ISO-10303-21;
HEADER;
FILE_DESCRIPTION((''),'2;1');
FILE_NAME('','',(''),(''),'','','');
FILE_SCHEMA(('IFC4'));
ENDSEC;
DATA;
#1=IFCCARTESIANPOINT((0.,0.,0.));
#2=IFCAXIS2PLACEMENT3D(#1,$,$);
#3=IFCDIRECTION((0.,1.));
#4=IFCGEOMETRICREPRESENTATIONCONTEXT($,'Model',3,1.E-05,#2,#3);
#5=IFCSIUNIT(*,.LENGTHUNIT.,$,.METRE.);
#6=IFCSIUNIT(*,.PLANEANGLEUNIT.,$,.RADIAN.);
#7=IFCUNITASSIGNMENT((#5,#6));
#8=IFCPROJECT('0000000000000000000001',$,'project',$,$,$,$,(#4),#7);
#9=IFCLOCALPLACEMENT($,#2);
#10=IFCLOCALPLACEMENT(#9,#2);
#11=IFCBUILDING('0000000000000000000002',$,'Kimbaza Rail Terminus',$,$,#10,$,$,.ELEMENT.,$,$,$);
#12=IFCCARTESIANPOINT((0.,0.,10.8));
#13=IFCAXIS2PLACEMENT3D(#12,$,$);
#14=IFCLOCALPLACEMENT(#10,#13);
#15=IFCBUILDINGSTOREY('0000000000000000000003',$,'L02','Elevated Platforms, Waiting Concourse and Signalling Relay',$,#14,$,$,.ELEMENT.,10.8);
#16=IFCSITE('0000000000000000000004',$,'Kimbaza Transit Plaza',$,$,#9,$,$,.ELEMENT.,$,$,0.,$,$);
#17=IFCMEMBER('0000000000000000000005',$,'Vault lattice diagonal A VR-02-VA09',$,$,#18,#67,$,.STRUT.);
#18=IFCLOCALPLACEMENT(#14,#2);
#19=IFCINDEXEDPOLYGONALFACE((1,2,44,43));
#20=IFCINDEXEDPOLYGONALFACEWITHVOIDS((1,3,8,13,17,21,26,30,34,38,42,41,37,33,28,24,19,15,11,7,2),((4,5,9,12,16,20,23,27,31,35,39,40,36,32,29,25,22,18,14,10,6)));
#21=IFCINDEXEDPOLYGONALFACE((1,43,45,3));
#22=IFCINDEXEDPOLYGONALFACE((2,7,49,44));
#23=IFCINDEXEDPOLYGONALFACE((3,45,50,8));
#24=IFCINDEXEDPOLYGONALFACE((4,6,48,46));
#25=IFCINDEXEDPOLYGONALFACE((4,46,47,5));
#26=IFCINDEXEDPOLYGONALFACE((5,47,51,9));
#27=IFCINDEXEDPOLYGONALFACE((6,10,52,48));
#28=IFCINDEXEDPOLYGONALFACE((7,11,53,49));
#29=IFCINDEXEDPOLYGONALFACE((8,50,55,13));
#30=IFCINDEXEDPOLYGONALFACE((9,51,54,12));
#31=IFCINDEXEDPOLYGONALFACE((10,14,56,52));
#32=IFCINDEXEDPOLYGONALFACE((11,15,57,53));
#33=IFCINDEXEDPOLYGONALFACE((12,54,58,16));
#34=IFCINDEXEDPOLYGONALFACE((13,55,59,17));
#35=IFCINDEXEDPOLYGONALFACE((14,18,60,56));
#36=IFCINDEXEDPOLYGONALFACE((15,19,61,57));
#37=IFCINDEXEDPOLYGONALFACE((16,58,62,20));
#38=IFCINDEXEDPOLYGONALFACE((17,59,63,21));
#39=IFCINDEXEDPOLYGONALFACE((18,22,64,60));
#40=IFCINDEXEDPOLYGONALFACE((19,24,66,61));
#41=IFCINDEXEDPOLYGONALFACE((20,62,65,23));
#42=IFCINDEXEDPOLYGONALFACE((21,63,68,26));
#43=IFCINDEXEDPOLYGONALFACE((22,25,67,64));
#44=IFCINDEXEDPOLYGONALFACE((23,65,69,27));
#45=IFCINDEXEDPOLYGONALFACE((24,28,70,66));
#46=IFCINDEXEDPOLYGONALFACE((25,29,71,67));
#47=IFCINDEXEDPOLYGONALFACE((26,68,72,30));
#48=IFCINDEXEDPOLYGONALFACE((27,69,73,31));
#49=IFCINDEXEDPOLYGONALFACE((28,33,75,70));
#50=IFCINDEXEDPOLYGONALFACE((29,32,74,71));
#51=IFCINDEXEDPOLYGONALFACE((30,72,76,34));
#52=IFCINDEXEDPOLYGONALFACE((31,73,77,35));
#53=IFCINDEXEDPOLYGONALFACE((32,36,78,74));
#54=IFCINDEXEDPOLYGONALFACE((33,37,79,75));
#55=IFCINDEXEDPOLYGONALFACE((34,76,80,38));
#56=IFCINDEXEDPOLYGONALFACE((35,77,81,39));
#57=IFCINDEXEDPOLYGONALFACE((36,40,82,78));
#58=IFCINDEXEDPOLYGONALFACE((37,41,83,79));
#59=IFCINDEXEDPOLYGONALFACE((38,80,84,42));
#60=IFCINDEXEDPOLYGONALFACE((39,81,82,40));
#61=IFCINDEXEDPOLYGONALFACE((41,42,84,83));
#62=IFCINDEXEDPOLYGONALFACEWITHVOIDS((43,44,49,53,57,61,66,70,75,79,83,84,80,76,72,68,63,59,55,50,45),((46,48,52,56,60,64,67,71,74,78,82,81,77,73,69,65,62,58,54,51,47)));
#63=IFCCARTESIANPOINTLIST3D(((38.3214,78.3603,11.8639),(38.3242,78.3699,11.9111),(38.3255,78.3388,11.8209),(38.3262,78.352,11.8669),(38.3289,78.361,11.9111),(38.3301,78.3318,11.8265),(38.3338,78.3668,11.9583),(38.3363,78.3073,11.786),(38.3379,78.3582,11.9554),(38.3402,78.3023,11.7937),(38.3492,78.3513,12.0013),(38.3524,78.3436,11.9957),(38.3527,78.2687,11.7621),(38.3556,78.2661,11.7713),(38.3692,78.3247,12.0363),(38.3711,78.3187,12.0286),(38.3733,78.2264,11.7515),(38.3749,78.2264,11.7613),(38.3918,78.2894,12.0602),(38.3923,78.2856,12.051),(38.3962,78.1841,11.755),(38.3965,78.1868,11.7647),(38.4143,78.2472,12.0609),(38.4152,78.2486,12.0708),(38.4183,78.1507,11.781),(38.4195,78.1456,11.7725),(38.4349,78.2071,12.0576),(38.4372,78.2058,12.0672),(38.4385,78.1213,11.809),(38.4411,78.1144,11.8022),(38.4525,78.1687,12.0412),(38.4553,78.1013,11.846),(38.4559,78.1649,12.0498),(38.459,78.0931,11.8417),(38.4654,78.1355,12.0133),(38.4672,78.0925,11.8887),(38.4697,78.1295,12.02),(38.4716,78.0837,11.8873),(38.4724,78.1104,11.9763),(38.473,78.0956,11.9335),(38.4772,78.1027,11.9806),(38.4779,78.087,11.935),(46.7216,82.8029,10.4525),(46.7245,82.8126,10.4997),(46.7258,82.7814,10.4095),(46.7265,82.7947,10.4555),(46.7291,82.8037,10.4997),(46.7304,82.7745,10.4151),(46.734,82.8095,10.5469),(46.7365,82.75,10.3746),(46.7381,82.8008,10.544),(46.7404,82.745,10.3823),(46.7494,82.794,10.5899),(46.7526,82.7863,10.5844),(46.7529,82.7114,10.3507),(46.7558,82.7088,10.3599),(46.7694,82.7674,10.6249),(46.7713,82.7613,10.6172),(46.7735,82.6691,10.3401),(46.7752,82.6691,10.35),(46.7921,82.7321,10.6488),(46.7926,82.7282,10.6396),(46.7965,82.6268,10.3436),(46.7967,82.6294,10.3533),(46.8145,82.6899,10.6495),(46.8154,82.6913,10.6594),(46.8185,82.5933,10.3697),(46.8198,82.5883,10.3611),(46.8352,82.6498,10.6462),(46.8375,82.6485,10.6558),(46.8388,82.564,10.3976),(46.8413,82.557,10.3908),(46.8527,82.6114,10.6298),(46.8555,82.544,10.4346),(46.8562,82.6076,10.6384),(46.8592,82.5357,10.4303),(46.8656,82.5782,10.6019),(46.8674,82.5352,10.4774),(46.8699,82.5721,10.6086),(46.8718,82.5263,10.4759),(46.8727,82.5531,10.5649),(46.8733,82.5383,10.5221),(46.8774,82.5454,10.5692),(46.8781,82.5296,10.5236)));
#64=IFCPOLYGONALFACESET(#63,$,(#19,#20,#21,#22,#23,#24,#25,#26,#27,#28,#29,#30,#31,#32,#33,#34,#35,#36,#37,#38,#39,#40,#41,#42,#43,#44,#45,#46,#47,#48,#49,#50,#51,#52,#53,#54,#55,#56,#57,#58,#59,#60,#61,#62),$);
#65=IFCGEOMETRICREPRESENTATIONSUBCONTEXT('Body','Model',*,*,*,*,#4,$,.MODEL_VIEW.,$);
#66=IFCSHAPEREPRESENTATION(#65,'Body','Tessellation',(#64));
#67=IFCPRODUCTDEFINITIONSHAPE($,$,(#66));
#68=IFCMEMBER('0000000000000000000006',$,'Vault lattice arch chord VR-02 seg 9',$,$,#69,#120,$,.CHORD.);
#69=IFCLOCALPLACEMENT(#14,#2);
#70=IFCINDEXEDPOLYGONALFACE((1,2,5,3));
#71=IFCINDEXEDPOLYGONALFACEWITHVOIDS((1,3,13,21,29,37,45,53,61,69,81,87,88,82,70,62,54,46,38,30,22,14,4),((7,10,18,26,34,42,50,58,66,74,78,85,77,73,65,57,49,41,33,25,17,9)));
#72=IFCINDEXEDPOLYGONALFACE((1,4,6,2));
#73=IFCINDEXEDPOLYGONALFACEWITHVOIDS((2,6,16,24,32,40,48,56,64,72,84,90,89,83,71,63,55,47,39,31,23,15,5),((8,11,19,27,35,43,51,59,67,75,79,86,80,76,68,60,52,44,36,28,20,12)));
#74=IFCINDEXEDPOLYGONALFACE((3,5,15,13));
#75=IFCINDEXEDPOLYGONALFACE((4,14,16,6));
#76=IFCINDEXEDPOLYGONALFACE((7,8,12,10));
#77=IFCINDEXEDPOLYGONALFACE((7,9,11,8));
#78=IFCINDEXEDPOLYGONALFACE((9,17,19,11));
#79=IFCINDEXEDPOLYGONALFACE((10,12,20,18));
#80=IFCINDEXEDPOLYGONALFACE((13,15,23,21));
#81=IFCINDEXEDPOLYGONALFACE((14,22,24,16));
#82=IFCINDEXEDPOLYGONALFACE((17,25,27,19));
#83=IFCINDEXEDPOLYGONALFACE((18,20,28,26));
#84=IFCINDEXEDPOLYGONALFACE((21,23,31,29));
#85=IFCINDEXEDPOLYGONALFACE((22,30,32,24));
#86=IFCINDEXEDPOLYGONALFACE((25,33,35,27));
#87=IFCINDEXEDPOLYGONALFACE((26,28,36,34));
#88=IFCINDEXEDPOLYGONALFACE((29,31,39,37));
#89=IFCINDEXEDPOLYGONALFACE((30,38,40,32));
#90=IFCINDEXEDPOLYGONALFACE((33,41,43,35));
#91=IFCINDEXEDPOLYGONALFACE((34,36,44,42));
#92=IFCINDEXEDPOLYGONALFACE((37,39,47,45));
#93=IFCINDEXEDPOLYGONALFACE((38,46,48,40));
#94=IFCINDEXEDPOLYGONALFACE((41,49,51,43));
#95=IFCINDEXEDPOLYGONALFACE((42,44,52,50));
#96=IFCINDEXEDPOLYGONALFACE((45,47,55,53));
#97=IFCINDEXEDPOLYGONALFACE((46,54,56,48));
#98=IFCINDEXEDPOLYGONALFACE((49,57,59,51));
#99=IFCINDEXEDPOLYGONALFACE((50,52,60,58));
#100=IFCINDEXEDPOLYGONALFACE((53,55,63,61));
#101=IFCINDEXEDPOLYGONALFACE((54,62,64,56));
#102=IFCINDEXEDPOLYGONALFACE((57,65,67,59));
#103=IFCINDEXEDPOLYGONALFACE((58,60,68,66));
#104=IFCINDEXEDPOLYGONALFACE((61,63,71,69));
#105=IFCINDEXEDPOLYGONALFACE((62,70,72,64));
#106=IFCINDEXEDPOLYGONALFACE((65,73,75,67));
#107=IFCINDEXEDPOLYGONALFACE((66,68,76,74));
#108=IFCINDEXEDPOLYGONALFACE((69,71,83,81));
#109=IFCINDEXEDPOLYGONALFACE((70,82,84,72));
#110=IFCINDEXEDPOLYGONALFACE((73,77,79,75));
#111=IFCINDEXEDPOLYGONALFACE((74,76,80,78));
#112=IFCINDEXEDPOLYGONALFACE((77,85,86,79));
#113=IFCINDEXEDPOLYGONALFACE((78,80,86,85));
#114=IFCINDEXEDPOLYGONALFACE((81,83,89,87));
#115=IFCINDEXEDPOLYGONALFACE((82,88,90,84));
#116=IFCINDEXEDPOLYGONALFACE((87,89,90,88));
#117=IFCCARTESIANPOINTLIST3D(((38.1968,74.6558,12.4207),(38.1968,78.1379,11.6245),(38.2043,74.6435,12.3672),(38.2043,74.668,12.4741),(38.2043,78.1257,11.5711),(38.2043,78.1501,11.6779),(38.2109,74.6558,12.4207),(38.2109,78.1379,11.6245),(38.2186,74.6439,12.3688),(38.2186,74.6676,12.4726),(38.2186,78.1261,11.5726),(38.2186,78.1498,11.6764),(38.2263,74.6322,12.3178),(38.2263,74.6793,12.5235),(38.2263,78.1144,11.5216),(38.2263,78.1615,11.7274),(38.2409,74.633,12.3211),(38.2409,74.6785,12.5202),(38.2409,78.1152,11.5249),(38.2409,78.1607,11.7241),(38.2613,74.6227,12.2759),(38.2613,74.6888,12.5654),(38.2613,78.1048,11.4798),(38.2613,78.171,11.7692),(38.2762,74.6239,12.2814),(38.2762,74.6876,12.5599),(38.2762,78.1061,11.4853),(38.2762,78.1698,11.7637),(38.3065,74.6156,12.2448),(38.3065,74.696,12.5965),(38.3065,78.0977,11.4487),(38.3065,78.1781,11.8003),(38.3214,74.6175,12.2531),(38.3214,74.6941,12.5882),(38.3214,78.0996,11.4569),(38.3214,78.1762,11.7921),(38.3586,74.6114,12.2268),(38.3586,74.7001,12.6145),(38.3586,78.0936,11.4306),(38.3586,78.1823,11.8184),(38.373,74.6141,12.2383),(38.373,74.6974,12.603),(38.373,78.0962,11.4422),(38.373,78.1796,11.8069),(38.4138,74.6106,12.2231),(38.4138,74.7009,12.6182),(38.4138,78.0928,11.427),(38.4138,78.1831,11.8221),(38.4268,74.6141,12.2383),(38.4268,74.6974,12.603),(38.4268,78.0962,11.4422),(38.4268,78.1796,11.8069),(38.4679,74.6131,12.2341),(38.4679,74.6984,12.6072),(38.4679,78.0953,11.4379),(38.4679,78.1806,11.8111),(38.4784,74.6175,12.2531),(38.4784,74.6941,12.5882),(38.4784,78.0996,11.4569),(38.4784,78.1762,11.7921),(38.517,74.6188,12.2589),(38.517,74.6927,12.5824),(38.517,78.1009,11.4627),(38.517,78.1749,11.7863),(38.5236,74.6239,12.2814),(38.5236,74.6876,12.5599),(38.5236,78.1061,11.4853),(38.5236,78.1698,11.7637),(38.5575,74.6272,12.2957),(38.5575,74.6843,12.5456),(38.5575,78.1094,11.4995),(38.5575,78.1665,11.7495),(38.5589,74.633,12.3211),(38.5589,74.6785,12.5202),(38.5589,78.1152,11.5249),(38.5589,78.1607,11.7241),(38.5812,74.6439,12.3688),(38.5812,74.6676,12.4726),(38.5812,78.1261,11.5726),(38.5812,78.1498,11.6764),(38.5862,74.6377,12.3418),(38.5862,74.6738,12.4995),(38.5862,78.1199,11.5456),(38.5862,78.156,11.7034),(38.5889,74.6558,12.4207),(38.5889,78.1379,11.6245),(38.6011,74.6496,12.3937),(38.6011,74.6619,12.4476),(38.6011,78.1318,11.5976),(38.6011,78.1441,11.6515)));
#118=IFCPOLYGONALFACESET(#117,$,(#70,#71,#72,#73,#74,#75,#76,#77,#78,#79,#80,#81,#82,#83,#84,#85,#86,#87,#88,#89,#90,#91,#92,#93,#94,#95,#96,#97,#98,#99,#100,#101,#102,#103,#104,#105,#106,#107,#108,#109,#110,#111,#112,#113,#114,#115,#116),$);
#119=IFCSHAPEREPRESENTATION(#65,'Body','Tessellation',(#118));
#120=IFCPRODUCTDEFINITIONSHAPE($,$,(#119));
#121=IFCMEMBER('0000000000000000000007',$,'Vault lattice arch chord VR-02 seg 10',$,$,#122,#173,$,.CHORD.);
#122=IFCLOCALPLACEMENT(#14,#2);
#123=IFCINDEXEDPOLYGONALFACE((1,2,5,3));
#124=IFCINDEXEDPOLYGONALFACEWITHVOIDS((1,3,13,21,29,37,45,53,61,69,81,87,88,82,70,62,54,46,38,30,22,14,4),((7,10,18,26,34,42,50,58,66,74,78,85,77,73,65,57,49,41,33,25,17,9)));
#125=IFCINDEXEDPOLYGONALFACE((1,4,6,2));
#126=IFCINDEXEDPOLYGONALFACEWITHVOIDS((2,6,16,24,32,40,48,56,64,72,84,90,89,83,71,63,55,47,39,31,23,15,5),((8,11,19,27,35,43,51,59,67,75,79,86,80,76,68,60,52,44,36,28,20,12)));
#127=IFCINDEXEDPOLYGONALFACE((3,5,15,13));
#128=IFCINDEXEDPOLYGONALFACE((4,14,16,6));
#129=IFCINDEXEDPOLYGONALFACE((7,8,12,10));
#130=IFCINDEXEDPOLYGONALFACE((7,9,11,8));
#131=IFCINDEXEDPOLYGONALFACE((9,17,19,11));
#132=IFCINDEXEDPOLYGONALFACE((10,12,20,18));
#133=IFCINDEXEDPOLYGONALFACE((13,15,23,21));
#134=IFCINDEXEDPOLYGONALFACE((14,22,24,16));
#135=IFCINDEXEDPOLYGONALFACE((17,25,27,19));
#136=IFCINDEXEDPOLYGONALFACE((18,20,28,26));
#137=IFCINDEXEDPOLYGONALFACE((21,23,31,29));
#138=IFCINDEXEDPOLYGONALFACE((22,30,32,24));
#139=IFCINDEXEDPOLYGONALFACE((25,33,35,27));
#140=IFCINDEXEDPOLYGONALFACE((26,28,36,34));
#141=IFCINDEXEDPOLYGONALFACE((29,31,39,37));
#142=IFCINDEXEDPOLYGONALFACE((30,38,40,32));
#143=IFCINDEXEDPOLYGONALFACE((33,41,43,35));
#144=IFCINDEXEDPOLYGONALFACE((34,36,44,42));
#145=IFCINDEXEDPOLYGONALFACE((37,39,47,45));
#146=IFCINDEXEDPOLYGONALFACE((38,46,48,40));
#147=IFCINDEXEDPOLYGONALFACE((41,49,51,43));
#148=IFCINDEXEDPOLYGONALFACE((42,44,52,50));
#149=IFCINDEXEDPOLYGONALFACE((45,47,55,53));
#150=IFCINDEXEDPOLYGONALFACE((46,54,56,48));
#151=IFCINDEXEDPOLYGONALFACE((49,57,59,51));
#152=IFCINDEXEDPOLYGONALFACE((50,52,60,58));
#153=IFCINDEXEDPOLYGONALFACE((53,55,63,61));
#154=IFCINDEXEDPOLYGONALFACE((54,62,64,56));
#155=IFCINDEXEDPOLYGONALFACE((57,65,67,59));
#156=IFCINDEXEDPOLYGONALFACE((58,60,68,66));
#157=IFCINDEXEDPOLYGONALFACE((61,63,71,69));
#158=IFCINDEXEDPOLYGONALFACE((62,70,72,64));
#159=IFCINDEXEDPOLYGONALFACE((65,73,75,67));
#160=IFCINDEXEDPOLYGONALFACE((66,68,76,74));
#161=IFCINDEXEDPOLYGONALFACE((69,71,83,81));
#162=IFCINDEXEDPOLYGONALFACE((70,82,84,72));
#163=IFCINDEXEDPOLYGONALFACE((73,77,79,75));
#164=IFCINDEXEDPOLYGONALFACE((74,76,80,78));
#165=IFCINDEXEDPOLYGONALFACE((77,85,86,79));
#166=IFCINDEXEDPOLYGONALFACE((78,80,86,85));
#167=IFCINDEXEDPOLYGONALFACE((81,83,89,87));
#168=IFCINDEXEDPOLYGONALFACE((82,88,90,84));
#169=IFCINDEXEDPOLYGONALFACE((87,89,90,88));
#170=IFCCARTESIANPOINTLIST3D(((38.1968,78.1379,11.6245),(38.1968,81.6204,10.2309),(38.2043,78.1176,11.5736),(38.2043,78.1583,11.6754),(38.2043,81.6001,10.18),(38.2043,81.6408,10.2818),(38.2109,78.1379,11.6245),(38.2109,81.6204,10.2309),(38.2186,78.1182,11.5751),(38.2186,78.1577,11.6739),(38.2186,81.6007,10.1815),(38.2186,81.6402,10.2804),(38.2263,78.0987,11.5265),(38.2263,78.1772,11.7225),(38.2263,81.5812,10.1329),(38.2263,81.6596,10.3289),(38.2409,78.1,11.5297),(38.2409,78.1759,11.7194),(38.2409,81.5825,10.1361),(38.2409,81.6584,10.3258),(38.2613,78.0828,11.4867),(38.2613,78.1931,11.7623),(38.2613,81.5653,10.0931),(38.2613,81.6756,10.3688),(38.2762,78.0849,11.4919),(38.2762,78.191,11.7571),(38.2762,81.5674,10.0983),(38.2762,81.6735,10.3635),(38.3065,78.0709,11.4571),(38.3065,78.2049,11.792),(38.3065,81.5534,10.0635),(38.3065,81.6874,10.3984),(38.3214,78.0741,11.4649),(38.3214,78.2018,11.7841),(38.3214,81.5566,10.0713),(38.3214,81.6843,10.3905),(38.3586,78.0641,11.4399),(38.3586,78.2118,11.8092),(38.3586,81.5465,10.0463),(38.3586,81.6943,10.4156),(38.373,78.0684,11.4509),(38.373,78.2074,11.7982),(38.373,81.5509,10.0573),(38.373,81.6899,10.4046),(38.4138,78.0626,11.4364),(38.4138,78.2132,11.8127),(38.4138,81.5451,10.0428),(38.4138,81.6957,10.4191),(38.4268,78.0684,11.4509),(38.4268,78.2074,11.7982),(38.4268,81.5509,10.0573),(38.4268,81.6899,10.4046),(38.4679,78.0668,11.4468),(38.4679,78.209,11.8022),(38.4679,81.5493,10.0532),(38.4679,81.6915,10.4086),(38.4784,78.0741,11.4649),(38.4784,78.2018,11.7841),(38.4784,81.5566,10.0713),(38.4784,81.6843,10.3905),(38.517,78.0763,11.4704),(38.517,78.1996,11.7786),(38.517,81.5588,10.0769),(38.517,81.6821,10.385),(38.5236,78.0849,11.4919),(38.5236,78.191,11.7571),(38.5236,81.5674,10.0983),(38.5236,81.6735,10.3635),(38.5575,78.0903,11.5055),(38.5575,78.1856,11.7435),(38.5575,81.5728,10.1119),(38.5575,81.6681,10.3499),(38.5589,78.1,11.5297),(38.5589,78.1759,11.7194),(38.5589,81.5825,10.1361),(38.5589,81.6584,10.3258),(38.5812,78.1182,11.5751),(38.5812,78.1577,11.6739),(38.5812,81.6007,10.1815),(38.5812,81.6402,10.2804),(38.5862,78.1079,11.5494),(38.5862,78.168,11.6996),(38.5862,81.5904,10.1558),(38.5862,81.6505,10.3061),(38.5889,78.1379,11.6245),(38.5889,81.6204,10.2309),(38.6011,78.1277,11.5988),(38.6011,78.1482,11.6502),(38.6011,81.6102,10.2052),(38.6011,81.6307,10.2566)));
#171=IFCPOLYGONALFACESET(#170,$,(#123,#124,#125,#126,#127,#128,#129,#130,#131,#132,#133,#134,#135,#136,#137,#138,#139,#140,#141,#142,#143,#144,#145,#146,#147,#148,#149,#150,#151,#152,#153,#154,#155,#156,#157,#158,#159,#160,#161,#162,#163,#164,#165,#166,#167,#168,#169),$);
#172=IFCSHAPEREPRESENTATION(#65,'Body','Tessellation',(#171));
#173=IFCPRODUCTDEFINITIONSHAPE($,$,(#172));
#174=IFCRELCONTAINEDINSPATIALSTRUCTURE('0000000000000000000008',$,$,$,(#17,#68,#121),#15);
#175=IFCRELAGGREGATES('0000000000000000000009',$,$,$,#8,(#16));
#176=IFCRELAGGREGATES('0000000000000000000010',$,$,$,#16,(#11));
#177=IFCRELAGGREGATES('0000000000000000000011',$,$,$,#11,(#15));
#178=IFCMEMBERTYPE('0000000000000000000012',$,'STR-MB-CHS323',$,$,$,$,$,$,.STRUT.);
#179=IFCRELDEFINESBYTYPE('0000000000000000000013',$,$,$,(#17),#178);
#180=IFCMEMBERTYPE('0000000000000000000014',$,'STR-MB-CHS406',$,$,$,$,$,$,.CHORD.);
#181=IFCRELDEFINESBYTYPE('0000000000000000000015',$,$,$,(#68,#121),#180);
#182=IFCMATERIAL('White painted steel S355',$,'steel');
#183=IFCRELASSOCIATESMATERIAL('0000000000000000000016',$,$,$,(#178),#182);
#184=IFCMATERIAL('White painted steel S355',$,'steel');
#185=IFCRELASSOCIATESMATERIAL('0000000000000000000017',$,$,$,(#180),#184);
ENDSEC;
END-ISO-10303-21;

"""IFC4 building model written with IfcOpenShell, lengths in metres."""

from ifc_helpers import new_model, si_unit, direction, frame, origin, origin_2d, place, context, subcontext, project, spatial, hollow_circle, extrude, material, material_profile, profile_set, type_object, element, save


model = new_model("IFC4")

# Units and contexts
model_context = context("Model", 3, precision=1e-05, world=origin(), true_north=direction((0.0, 1.0)))
body_context = subcontext(model_context, "Body", "Model", "MODEL_VIEW")
ifc_project = project(units=[si_unit("LENGTHUNIT", "METRE"), si_unit("PLANEANGLEUNIT", "RADIAN")], contexts=[model_context])

# Site, building, storey
site_placement = place(None, origin())
site = spatial("IfcSite", under=ifc_project, at=site_placement, Name="Kimbaza Transit Plaza", CompositionType="ELEMENT", RefElevation=0.0)
building_placement = place(site_placement, origin())
building = spatial("IfcBuilding", under=site, at=building_placement, Name="Kimbaza Rail Terminus", CompositionType="ELEMENT")
storey_placement = place(building_placement, frame((0.0, 0.0, 10.8)))
storey = spatial("IfcBuildingStorey", under=building, at=storey_placement, Name="L02", Description="Elevated Platforms, Waiting Concourse and Signalling Relay", CompositionType="ELEMENT", Elevation=10.8)

# Members
ifc_material_1 = material(Name="White painted steel S355", Category="steel")
ifc_material_profile_1 = material_profile(ifc_material_1, hollow_circle(Radius=0.1619, WallThickness=0.01, at=origin_2d()), Name="CHS 323.9x10")
ifc_profile_set_1 = profile_set([ifc_material_profile_1], Name="White painted steel S355")
member_type_1 = type_object("IfcMemberType", Name="STR-MB-CHS323", PredefinedType="STRUT", material=ifc_profile_set_1)
member_1_placement = place(storey_placement, frame((38.3999, 78.2268, 11.9111), z_axis=(0.874392, 0.462444, -0.146914), x_axis=(-0.467517, 0.883984, 0.0)))
element("IfcMember", 1, at=member_1_placement, inside=storey, type_object=member_type_1, Name="Vault lattice diagonal A VR-02-VA09", PredefinedType="STRUT", context=body_context, shape_type="SweptSolid", body=[
    extrude(hollow_circle(Radius=0.1619, WallThickness=0.01, at=origin_2d()), origin(), (0.0, 0.0, 1.0), 9.6069),
])
ifc_material_2 = material(Name="White painted steel S355", Category="steel")
ifc_material_profile_2 = material_profile(ifc_material_2, hollow_circle(Radius=0.2031, WallThickness=0.0142, at=origin_2d()), Name="CHS 406.4x14.2")
ifc_profile_set_2 = profile_set([ifc_material_profile_2], Name="White painted steel S355")
member_type_2 = type_object("IfcMemberType", Name="STR-MB-CHS406", PredefinedType="CHORD", material=ifc_profile_set_2)
member_2_placement = place(storey_placement, frame((38.3999, 74.6558, 12.4207), z_axis=(0.0, 0.974845, -0.222882), x_axis=(-1.0, 0.0, 0.0)))
element("IfcMember", 2, at=member_2_placement, inside=storey, type_object=member_type_2, Name="Vault lattice arch chord VR-02 seg 9", PredefinedType="CHORD", context=body_context, shape_type="SweptSolid", body=[
    extrude(hollow_circle(Radius=0.2031, WallThickness=0.0142, at=origin_2d()), origin(), (0.0, 0.0, 1.0), 3.572),
])
member_3_placement = place(storey_placement, frame((38.3999, 78.1379, 11.6245), z_axis=(0.0, 0.928423, -0.371525), x_axis=(-1.0, 0.0, 0.0)))
element("IfcMember", 3, at=member_3_placement, inside=storey, type_object=member_type_2, Name="Vault lattice arch chord VR-02 seg 10", PredefinedType="CHORD", context=body_context, shape_type="SweptSolid", body=[
    extrude(hollow_circle(Radius=0.2031, WallThickness=0.0142, at=origin_2d()), origin(), (0.0, 0.0, 1.0), 3.751),
])

save(model, "model.ifc")
